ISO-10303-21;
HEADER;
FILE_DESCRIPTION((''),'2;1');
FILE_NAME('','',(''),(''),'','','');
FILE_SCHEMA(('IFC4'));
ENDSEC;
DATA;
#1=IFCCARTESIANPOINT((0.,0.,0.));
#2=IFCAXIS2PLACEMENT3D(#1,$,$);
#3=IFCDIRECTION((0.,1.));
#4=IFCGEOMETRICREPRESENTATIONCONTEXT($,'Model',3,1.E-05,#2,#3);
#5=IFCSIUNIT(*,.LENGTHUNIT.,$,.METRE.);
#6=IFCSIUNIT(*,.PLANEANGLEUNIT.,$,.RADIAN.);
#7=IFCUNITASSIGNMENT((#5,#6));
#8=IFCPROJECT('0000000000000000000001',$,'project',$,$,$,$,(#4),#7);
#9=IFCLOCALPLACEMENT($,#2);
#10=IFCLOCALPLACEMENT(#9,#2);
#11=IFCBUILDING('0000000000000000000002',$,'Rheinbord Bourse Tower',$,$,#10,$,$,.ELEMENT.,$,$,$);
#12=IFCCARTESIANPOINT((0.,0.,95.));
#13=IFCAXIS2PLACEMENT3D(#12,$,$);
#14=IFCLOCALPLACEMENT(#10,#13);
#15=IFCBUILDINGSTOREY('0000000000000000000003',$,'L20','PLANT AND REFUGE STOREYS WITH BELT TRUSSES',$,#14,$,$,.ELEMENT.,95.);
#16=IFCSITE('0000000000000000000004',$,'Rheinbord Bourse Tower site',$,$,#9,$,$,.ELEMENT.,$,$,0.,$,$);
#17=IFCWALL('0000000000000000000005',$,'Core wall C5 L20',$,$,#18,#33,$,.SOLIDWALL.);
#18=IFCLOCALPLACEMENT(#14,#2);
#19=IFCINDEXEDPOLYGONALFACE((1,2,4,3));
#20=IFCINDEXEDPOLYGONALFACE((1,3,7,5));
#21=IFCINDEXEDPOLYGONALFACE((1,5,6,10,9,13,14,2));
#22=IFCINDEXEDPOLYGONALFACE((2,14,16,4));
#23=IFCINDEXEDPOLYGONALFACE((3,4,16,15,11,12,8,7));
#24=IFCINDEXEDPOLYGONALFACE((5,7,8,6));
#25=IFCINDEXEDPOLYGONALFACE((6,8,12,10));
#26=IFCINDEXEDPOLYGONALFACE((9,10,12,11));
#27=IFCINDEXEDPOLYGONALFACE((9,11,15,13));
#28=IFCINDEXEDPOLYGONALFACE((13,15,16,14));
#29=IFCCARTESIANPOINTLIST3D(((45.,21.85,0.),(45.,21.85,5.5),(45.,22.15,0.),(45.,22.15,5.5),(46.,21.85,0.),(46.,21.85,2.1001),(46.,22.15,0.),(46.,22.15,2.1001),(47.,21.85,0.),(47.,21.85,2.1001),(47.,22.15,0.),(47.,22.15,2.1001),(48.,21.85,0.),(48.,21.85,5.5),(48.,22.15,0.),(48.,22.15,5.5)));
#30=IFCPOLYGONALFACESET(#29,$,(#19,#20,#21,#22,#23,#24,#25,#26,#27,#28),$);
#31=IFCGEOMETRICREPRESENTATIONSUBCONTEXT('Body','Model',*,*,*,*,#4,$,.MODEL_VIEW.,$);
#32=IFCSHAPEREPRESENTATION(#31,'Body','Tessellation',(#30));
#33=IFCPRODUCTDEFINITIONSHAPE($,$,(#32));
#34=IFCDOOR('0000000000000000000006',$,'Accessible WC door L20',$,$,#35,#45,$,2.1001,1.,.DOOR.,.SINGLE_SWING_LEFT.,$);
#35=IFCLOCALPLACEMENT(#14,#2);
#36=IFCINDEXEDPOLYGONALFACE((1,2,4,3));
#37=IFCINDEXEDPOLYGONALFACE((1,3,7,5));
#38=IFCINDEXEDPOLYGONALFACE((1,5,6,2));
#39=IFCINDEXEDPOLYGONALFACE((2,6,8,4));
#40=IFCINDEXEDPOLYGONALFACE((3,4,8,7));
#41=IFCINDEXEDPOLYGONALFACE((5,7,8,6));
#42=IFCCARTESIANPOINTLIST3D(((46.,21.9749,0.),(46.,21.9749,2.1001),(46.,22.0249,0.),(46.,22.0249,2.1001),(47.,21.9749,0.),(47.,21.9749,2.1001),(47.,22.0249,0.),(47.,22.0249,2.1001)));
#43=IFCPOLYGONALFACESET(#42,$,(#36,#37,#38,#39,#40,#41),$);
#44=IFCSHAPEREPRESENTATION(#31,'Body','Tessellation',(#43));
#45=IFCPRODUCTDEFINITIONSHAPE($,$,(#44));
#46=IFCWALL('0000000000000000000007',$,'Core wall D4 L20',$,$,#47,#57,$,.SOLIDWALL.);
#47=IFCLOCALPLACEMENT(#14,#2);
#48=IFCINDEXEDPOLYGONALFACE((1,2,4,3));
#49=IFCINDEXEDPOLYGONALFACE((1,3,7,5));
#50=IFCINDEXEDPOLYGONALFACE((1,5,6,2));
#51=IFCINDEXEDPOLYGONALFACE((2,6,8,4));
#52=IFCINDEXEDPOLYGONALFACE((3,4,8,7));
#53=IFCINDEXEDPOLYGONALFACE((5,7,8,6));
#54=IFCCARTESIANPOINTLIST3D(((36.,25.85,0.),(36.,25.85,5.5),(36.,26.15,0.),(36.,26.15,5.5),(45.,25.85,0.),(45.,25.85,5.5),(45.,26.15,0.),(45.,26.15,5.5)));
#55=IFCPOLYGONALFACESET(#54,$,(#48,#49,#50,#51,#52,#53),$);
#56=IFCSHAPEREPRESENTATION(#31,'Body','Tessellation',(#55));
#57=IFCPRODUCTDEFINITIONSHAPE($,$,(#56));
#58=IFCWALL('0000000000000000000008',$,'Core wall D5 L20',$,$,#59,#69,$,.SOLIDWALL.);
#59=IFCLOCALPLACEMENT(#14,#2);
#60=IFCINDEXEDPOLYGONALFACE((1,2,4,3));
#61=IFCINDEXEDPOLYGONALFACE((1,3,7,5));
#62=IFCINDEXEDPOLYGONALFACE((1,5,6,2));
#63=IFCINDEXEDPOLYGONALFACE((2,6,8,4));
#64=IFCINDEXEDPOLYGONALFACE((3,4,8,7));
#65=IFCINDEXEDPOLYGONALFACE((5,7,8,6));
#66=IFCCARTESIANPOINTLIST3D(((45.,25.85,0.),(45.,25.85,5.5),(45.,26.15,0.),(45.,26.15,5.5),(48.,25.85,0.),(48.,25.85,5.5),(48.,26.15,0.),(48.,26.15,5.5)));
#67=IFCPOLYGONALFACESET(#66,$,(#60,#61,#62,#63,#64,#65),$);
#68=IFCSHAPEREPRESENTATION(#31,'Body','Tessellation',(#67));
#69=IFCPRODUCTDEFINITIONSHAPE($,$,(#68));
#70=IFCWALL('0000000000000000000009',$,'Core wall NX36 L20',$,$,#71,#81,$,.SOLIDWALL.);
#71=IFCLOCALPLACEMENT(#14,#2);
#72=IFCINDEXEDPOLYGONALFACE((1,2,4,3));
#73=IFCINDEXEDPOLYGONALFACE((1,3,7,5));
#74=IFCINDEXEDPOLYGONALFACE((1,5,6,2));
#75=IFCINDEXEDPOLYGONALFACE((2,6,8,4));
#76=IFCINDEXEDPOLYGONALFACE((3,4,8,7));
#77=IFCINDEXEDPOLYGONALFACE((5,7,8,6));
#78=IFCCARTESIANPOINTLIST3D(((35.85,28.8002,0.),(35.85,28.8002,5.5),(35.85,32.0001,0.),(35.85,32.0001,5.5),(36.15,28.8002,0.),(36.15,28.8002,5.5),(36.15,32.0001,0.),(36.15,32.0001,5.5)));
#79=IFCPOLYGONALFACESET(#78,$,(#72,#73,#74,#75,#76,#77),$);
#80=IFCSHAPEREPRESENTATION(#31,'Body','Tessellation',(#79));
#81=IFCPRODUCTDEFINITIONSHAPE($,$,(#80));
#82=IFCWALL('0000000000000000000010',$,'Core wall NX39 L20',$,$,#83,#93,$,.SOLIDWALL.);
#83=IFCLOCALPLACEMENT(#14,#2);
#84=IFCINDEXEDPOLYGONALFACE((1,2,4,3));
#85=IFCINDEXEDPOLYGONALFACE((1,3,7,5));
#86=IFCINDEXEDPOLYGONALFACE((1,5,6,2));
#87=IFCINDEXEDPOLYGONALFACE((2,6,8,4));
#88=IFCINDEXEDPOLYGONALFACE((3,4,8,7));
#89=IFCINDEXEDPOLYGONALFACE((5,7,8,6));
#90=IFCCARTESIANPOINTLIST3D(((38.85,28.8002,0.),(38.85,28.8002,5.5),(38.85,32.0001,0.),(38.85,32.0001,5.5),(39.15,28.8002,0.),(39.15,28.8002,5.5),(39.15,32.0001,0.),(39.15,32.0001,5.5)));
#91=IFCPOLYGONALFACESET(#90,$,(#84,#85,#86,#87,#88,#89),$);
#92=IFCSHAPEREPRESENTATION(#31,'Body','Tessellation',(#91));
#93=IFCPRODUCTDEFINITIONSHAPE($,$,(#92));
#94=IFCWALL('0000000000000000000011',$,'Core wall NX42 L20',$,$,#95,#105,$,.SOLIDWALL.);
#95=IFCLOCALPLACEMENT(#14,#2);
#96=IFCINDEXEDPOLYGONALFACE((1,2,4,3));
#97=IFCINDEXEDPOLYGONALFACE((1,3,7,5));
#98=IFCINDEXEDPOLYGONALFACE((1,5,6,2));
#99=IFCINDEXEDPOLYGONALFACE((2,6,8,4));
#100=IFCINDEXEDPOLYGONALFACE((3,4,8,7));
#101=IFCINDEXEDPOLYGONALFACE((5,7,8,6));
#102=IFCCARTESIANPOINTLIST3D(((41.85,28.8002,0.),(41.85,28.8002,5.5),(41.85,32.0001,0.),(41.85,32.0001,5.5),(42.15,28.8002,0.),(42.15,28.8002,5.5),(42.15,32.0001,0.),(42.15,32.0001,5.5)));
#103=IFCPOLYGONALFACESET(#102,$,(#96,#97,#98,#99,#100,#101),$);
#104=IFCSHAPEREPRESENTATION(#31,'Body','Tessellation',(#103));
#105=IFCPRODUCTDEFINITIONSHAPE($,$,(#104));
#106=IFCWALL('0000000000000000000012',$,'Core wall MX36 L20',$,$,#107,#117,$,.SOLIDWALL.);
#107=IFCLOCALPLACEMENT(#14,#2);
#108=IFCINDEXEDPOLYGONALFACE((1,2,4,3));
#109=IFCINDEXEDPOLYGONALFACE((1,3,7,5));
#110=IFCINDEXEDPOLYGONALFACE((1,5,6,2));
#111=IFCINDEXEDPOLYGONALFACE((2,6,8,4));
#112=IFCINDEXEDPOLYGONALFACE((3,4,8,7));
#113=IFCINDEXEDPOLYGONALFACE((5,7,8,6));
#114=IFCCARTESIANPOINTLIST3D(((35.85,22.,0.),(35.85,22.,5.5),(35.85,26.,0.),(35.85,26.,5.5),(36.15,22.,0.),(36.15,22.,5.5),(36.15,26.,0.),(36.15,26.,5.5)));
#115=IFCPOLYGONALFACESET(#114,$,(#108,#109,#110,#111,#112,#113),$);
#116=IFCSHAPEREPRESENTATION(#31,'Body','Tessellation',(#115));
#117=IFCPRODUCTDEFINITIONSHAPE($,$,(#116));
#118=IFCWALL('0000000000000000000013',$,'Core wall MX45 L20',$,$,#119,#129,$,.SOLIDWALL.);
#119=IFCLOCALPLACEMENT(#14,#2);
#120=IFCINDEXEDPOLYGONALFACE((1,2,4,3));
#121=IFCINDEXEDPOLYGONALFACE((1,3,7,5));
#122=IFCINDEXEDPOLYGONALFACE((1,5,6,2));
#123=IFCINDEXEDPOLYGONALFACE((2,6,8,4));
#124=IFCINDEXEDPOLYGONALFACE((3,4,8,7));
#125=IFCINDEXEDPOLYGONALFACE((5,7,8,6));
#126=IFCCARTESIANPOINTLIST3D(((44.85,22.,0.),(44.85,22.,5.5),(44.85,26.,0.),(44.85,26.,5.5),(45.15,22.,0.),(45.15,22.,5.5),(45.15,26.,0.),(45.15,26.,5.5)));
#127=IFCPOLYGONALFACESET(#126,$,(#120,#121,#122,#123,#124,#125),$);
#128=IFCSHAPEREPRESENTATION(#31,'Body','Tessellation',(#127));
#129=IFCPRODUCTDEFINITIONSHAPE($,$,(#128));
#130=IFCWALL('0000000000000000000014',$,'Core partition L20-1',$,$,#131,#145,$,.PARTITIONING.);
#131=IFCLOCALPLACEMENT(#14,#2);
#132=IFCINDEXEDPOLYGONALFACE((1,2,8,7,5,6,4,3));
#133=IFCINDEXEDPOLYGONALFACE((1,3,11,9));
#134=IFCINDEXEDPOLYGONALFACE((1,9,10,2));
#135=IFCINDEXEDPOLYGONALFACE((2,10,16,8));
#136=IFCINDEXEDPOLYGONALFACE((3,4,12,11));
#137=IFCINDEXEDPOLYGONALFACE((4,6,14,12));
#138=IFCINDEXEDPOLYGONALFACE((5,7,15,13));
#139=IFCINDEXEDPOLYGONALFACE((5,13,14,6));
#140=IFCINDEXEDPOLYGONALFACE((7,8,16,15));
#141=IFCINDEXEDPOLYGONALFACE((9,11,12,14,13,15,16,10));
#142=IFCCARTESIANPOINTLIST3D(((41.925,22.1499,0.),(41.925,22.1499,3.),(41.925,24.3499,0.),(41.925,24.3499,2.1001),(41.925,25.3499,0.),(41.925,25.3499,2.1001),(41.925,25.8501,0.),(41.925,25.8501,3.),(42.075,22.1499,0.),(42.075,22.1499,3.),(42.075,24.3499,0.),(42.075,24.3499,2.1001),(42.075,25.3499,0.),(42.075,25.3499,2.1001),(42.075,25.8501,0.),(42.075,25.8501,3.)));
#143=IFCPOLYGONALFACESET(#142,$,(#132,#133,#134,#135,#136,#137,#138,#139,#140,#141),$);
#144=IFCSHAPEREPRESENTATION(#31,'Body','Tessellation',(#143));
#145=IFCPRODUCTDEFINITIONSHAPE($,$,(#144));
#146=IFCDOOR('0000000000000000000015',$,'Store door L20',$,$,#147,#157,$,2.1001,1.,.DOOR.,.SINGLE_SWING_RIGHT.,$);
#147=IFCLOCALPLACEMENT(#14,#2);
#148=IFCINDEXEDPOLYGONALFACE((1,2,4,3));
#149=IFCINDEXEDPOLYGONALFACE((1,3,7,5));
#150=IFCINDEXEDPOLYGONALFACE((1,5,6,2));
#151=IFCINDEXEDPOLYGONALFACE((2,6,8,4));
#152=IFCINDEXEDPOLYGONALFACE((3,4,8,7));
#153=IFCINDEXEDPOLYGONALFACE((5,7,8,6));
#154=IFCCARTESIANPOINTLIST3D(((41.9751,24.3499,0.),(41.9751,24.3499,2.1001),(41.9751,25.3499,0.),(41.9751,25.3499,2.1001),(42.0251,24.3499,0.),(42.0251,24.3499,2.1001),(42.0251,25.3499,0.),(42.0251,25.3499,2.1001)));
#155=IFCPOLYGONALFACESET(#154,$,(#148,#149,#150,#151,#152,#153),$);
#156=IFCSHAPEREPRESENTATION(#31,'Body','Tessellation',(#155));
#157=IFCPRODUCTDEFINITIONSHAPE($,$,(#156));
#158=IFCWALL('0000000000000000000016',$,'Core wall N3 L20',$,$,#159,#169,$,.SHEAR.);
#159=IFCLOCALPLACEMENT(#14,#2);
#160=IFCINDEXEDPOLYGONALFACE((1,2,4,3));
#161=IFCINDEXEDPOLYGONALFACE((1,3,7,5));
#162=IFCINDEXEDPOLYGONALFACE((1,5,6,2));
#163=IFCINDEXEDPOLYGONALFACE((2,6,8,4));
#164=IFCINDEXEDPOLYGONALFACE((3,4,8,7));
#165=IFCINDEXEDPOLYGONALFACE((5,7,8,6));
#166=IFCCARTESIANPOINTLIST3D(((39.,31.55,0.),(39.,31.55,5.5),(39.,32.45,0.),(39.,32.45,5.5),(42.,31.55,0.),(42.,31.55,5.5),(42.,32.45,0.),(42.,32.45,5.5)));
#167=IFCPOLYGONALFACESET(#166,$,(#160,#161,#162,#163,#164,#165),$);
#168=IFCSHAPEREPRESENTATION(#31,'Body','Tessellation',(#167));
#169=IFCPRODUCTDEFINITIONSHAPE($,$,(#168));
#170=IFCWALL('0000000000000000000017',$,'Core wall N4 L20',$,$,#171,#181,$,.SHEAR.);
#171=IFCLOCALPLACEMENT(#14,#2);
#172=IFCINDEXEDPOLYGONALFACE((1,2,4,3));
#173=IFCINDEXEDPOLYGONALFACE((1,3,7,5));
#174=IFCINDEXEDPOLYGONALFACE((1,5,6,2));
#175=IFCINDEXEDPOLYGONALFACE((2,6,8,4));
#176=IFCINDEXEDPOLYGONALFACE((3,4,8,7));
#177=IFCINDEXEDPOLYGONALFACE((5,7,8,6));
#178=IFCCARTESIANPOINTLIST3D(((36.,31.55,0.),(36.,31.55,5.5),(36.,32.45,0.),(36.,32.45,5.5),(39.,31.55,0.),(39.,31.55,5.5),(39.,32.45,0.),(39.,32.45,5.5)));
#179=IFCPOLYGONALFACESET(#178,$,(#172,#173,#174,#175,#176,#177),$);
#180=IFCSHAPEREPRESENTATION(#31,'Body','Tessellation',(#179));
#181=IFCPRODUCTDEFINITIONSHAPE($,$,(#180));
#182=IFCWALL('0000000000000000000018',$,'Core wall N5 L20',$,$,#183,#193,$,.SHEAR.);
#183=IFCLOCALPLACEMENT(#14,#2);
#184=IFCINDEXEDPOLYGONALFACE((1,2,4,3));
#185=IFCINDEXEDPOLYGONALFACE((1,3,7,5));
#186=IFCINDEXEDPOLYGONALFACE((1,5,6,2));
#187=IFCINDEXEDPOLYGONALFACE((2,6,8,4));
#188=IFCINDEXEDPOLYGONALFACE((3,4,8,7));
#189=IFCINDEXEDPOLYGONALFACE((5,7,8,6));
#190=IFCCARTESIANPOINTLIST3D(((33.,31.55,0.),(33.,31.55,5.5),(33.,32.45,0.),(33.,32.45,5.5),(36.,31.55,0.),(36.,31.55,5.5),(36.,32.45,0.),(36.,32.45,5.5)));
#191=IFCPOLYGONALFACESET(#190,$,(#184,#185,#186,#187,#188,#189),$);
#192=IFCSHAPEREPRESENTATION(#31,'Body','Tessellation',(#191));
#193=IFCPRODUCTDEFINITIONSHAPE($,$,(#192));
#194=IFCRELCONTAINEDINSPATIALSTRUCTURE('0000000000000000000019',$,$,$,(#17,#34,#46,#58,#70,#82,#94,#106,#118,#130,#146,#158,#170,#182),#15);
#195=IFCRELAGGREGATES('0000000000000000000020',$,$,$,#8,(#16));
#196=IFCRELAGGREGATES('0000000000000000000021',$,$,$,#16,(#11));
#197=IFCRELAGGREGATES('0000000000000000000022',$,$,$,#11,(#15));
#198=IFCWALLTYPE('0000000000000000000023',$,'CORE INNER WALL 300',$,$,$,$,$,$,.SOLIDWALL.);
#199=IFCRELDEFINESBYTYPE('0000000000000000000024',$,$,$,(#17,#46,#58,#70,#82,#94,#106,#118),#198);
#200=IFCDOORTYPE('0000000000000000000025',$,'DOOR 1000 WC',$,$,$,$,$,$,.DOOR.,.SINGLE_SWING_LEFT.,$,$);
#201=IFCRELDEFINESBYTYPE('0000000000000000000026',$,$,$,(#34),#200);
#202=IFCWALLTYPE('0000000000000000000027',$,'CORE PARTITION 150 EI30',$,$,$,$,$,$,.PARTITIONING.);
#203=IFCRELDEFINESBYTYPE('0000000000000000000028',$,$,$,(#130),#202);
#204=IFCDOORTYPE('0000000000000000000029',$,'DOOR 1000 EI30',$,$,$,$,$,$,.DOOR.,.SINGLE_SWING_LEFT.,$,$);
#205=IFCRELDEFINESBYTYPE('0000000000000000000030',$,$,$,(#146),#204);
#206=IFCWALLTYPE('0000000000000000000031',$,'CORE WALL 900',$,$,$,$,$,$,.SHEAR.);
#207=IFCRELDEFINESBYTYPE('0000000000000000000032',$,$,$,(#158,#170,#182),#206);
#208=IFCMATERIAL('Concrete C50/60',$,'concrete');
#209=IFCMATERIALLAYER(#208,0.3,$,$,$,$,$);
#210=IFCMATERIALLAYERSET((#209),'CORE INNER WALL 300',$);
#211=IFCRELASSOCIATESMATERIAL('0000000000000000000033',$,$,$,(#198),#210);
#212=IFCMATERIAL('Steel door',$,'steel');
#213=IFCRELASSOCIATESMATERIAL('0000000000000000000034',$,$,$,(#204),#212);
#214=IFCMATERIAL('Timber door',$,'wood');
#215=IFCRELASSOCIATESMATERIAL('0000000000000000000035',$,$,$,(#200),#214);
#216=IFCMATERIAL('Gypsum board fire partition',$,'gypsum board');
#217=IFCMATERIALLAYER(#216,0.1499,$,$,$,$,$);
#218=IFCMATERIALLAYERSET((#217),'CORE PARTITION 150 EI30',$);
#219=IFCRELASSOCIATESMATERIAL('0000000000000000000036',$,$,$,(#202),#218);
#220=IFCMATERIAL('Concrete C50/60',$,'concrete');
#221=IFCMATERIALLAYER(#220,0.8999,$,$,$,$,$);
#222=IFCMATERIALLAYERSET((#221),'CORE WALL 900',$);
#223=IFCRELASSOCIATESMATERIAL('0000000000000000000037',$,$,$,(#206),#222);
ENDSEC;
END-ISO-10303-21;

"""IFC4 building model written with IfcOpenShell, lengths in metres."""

from ifc_helpers import new_model, si_unit, direction, frame, frame_2d, origin, place, context, subcontext, project, spatial, rectangle, extrude, material, layer, layer_set, type_object, element, fill, save


model = new_model("IFC4")

# Units and contexts
model_context = context("Model", 3, precision=1e-05, world=origin(), true_north=direction((0.0, 1.0)))
body_context = subcontext(model_context, "Body", "Model", "MODEL_VIEW")
ifc_project = project(units=[si_unit("LENGTHUNIT", "METRE"), si_unit("PLANEANGLEUNIT", "RADIAN")], contexts=[model_context])

# Site, building, storey
site_placement = place(None, origin())
site = spatial("IfcSite", under=ifc_project, at=site_placement, Name="Rheinbord Bourse Tower site", CompositionType="ELEMENT", RefElevation=0.0)
building_placement = place(site_placement, origin())
building = spatial("IfcBuilding", under=site, at=building_placement, Name="Rheinbord Bourse Tower", CompositionType="ELEMENT")
storey_placement = place(building_placement, frame((0.0, 0.0, 95.0)))
storey = spatial("IfcBuildingStorey", under=building, at=storey_placement, Name="L20", Description="PLANT AND REFUGE STOREYS WITH BELT TRUSSES", CompositionType="ELEMENT", Elevation=95.0)

# Shared definitions
ifc_material_1 = material(Name="Concrete C50/60", Category="concrete")
ifc_layer_1 = layer(ifc_material_1, 0.3)
ifc_layer_set_1 = layer_set([ifc_layer_1], Name="CORE INNER WALL 300")
wall_type_1 = type_object("IfcWallType", Name="CORE INNER WALL 300", PredefinedType="SOLIDWALL", material=ifc_layer_set_1)

# Shared definitions
ifc_material_2 = material(Name="Steel door", Category="steel")
door_type_1 = type_object("IfcDoorType", Name="DOOR 1000 EI30", OperationType="SINGLE_SWING_LEFT", PredefinedType="DOOR", material=ifc_material_2)

# Wall, opening, door
wall_1_placement = place(storey_placement, frame((45.0, 22.0, 0.0), z_axis=(0.0, 0.0, 1.0), x_axis=(1.0, 0.0, 0.0)))
wall_1 = element("IfcWall", 1, at=wall_1_placement, inside=storey, type_object=wall_type_1, Name="Core wall C5 L20", PredefinedType="SOLIDWALL", context=body_context, shape_type="SweptSolid", body=[
    extrude(rectangle(XDim=3.0, YDim=0.3, at=frame_2d((1.5, 0.0))), origin(), (0.0, 0.0, 1.0), 5.5),
])
opening_1_placement = place(wall_1_placement, frame((1.0, 0.0, 0.0)))
opening_1 = element("IfcOpeningElement", 2, at=opening_1_placement, cuts=wall_1, PredefinedType="OPENING", context=body_context, shape_type="SweptSolid", body=[
    extrude(rectangle(XDim=1.0, YDim=2.1001, at=frame_2d((0.5, 1.05))), frame((0.0, 0.1599, 0.0), z_axis=(0.0, -1.0, 0.0), x_axis=(1.0, 0.0, 0.0)), (0.0, 0.0, 1.0), 0.3201),
])
ifc_material_3 = material(Name="Timber door", Category="wood")
door_type_2 = type_object("IfcDoorType", Name="DOOR 1000 WC", OperationType="SINGLE_SWING_LEFT", PredefinedType="DOOR", material=ifc_material_3)
door_1_placement = place(opening_1_placement, origin())
door_1 = element("IfcDoor", 3, at=door_1_placement, inside=storey, type_object=door_type_2, Name="Accessible WC door L20", OperationType="SINGLE_SWING_LEFT", OverallHeight=2.1001, OverallWidth=1.0, PredefinedType="DOOR", context=body_context, shape_type="SweptSolid", body=[
    extrude(rectangle(XDim=1.0, YDim=2.1001, at=frame_2d((0.5, 1.05))), frame((0.0, 0.0249, 0.0), z_axis=(0.0, -1.0, 0.0), x_axis=(1.0, 0.0, 0.0)), (0.0, 0.0, 1.0), 0.05),
])
fill(opening_1, door_1)

# Walls
wall_2_placement = place(storey_placement, frame((36.0, 26.0, 0.0), z_axis=(0.0, 0.0, 1.0), x_axis=(1.0, 0.0, 0.0)))
element("IfcWall", 4, at=wall_2_placement, inside=storey, type_object=wall_type_1, Name="Core wall D4 L20", PredefinedType="SOLIDWALL", context=body_context, shape_type="SweptSolid", body=[
    extrude(rectangle(XDim=9.0, YDim=0.3, at=frame_2d((4.5, 0.0))), origin(), (0.0, 0.0, 1.0), 5.5),
])
wall_3_placement = place(storey_placement, frame((45.0, 26.0, 0.0), z_axis=(0.0, 0.0, 1.0), x_axis=(1.0, 0.0, 0.0)))
element("IfcWall", 5, at=wall_3_placement, inside=storey, type_object=wall_type_1, Name="Core wall D5 L20", PredefinedType="SOLIDWALL", context=body_context, shape_type="SweptSolid", body=[
    extrude(rectangle(XDim=3.0, YDim=0.3, at=frame_2d((1.5, 0.0))), origin(), (0.0, 0.0, 1.0), 5.5),
])
for number, where, z_axis, x_axis, name in (
    (6, (36.0, 28.8, 0.0), (0.0, 0.0, 1.0), (0.0, 1.0, 0.0), "Core wall NX36 L20"),
    (7, (39.0, 28.8, 0.0), (0.0, 0.0, 1.0), (0.0, 1.0, 0.0), "Core wall NX39 L20"),
    (8, (42.0, 28.8, 0.0), (0.0, 0.0, 1.0), (0.0, 1.0, 0.0), "Core wall NX42 L20"),
):
    element("IfcWall", number, at=place(storey_placement, frame(where, z_axis=z_axis, x_axis=x_axis)), inside=storey, type_object=wall_type_1, Name=name, PredefinedType="SOLIDWALL", context=body_context, shape_type="SweptSolid", body=[
        extrude(rectangle(XDim=3.2, YDim=0.3, at=frame_2d((1.6001, 0.0))), origin(), (0.0, 0.0, 1.0), 5.5),
    ])
for number, where, z_axis, x_axis, name in (
    (9, (36.0, 22.0, 0.0), (0.0, 0.0, 1.0), (0.0, 1.0, 0.0), "Core wall MX36 L20"),
    (10, (45.0, 22.0, 0.0), (0.0, 0.0, 1.0), (0.0, 1.0, 0.0), "Core wall MX45 L20"),
):
    element("IfcWall", number, at=place(storey_placement, frame(where, z_axis=z_axis, x_axis=x_axis)), inside=storey, type_object=wall_type_1, Name=name, PredefinedType="SOLIDWALL", context=body_context, shape_type="SweptSolid", body=[
        extrude(rectangle(XDim=4.0, YDim=0.3, at=frame_2d((2.0, 0.0))), origin(), (0.0, 0.0, 1.0), 5.5),
    ])

# Wall, opening, door
ifc_material_4 = material(Name="Gypsum board fire partition", Category="gypsum board")
ifc_layer_2 = layer(ifc_material_4, 0.1499)
ifc_layer_set_2 = layer_set([ifc_layer_2], Name="CORE PARTITION 150 EI30")
wall_type_2 = type_object("IfcWallType", Name="CORE PARTITION 150 EI30", PredefinedType="PARTITIONING", material=ifc_layer_set_2)
wall_4_placement = place(storey_placement, frame((42.0, 22.1499, 0.0), z_axis=(0.0, 0.0, 1.0), x_axis=(0.0, 1.0, 0.0)))
wall_4 = element("IfcWall", 11, at=wall_4_placement, inside=storey, type_object=wall_type_2, Name="Core partition L20-1", PredefinedType="PARTITIONING", context=body_context, shape_type="SweptSolid", body=[
    extrude(rectangle(XDim=3.7002, YDim=0.1499, at=frame_2d((1.8501, 0.0))), origin(), (0.0, 0.0, 1.0), 3.0),
])
opening_2_placement = place(wall_4_placement, frame((2.2, 0.0, 0.0)))
opening_2 = element("IfcOpeningElement", 12, at=opening_2_placement, cuts=wall_4, PredefinedType="OPENING", context=body_context, shape_type="SweptSolid", body=[
    extrude(rectangle(XDim=1.0, YDim=2.1001, at=frame_2d((0.5, 1.05))), frame((0.0, 0.085, 0.0), z_axis=(0.0, -1.0, 0.0), x_axis=(1.0, 0.0, 0.0)), (0.0, 0.0, 1.0), 0.1699),
])
door_2_placement = place(opening_2_placement, origin())
door_2 = element("IfcDoor", 13, at=door_2_placement, inside=storey, type_object=door_type_1, Name="Store door L20", OperationType="SINGLE_SWING_RIGHT", OverallHeight=2.1001, OverallWidth=1.0, PredefinedType="DOOR", context=body_context, shape_type="SweptSolid", body=[
    extrude(rectangle(XDim=1.0, YDim=2.1001, at=frame_2d((0.5, 1.05))), frame((0.0, 0.0249, 0.0), z_axis=(0.0, -1.0, 0.0), x_axis=(1.0, 0.0, 0.0)), (0.0, 0.0, 1.0), 0.05),
])
fill(opening_2, door_2)

# Walls
ifc_material_5 = material(Name="Concrete C50/60", Category="concrete")
ifc_layer_3 = layer(ifc_material_5, 0.8999)
ifc_layer_set_3 = layer_set([ifc_layer_3], Name="CORE WALL 900")
wall_type_3 = type_object("IfcWallType", Name="CORE WALL 900", PredefinedType="SHEAR", material=ifc_layer_set_3)
for number, where, z_axis, x_axis, name in (
    (14, (42.0, 32.0, 0.0), (0.0, 0.0, 1.0), (-1.0, 0.0, 0.0), "Core wall N3 L20"),
    (15, (39.0, 32.0, 0.0), (0.0, 0.0, 1.0), (-1.0, 0.0, 0.0), "Core wall N4 L20"),
    (16, (36.0, 32.0, 0.0), (0.0, 0.0, 1.0), (-1.0, 0.0, 0.0), "Core wall N5 L20"),
):
    element("IfcWall", number, at=place(storey_placement, frame(where, z_axis=z_axis, x_axis=x_axis)), inside=storey, type_object=wall_type_3, Name=name, PredefinedType="SHEAR", context=body_context, shape_type="SweptSolid", body=[
        extrude(rectangle(XDim=3.0, YDim=0.8999, at=frame_2d((1.5, 0.0))), origin(), (0.0, 0.0, 1.0), 5.5),
    ])

save(model, "model.ifc")
